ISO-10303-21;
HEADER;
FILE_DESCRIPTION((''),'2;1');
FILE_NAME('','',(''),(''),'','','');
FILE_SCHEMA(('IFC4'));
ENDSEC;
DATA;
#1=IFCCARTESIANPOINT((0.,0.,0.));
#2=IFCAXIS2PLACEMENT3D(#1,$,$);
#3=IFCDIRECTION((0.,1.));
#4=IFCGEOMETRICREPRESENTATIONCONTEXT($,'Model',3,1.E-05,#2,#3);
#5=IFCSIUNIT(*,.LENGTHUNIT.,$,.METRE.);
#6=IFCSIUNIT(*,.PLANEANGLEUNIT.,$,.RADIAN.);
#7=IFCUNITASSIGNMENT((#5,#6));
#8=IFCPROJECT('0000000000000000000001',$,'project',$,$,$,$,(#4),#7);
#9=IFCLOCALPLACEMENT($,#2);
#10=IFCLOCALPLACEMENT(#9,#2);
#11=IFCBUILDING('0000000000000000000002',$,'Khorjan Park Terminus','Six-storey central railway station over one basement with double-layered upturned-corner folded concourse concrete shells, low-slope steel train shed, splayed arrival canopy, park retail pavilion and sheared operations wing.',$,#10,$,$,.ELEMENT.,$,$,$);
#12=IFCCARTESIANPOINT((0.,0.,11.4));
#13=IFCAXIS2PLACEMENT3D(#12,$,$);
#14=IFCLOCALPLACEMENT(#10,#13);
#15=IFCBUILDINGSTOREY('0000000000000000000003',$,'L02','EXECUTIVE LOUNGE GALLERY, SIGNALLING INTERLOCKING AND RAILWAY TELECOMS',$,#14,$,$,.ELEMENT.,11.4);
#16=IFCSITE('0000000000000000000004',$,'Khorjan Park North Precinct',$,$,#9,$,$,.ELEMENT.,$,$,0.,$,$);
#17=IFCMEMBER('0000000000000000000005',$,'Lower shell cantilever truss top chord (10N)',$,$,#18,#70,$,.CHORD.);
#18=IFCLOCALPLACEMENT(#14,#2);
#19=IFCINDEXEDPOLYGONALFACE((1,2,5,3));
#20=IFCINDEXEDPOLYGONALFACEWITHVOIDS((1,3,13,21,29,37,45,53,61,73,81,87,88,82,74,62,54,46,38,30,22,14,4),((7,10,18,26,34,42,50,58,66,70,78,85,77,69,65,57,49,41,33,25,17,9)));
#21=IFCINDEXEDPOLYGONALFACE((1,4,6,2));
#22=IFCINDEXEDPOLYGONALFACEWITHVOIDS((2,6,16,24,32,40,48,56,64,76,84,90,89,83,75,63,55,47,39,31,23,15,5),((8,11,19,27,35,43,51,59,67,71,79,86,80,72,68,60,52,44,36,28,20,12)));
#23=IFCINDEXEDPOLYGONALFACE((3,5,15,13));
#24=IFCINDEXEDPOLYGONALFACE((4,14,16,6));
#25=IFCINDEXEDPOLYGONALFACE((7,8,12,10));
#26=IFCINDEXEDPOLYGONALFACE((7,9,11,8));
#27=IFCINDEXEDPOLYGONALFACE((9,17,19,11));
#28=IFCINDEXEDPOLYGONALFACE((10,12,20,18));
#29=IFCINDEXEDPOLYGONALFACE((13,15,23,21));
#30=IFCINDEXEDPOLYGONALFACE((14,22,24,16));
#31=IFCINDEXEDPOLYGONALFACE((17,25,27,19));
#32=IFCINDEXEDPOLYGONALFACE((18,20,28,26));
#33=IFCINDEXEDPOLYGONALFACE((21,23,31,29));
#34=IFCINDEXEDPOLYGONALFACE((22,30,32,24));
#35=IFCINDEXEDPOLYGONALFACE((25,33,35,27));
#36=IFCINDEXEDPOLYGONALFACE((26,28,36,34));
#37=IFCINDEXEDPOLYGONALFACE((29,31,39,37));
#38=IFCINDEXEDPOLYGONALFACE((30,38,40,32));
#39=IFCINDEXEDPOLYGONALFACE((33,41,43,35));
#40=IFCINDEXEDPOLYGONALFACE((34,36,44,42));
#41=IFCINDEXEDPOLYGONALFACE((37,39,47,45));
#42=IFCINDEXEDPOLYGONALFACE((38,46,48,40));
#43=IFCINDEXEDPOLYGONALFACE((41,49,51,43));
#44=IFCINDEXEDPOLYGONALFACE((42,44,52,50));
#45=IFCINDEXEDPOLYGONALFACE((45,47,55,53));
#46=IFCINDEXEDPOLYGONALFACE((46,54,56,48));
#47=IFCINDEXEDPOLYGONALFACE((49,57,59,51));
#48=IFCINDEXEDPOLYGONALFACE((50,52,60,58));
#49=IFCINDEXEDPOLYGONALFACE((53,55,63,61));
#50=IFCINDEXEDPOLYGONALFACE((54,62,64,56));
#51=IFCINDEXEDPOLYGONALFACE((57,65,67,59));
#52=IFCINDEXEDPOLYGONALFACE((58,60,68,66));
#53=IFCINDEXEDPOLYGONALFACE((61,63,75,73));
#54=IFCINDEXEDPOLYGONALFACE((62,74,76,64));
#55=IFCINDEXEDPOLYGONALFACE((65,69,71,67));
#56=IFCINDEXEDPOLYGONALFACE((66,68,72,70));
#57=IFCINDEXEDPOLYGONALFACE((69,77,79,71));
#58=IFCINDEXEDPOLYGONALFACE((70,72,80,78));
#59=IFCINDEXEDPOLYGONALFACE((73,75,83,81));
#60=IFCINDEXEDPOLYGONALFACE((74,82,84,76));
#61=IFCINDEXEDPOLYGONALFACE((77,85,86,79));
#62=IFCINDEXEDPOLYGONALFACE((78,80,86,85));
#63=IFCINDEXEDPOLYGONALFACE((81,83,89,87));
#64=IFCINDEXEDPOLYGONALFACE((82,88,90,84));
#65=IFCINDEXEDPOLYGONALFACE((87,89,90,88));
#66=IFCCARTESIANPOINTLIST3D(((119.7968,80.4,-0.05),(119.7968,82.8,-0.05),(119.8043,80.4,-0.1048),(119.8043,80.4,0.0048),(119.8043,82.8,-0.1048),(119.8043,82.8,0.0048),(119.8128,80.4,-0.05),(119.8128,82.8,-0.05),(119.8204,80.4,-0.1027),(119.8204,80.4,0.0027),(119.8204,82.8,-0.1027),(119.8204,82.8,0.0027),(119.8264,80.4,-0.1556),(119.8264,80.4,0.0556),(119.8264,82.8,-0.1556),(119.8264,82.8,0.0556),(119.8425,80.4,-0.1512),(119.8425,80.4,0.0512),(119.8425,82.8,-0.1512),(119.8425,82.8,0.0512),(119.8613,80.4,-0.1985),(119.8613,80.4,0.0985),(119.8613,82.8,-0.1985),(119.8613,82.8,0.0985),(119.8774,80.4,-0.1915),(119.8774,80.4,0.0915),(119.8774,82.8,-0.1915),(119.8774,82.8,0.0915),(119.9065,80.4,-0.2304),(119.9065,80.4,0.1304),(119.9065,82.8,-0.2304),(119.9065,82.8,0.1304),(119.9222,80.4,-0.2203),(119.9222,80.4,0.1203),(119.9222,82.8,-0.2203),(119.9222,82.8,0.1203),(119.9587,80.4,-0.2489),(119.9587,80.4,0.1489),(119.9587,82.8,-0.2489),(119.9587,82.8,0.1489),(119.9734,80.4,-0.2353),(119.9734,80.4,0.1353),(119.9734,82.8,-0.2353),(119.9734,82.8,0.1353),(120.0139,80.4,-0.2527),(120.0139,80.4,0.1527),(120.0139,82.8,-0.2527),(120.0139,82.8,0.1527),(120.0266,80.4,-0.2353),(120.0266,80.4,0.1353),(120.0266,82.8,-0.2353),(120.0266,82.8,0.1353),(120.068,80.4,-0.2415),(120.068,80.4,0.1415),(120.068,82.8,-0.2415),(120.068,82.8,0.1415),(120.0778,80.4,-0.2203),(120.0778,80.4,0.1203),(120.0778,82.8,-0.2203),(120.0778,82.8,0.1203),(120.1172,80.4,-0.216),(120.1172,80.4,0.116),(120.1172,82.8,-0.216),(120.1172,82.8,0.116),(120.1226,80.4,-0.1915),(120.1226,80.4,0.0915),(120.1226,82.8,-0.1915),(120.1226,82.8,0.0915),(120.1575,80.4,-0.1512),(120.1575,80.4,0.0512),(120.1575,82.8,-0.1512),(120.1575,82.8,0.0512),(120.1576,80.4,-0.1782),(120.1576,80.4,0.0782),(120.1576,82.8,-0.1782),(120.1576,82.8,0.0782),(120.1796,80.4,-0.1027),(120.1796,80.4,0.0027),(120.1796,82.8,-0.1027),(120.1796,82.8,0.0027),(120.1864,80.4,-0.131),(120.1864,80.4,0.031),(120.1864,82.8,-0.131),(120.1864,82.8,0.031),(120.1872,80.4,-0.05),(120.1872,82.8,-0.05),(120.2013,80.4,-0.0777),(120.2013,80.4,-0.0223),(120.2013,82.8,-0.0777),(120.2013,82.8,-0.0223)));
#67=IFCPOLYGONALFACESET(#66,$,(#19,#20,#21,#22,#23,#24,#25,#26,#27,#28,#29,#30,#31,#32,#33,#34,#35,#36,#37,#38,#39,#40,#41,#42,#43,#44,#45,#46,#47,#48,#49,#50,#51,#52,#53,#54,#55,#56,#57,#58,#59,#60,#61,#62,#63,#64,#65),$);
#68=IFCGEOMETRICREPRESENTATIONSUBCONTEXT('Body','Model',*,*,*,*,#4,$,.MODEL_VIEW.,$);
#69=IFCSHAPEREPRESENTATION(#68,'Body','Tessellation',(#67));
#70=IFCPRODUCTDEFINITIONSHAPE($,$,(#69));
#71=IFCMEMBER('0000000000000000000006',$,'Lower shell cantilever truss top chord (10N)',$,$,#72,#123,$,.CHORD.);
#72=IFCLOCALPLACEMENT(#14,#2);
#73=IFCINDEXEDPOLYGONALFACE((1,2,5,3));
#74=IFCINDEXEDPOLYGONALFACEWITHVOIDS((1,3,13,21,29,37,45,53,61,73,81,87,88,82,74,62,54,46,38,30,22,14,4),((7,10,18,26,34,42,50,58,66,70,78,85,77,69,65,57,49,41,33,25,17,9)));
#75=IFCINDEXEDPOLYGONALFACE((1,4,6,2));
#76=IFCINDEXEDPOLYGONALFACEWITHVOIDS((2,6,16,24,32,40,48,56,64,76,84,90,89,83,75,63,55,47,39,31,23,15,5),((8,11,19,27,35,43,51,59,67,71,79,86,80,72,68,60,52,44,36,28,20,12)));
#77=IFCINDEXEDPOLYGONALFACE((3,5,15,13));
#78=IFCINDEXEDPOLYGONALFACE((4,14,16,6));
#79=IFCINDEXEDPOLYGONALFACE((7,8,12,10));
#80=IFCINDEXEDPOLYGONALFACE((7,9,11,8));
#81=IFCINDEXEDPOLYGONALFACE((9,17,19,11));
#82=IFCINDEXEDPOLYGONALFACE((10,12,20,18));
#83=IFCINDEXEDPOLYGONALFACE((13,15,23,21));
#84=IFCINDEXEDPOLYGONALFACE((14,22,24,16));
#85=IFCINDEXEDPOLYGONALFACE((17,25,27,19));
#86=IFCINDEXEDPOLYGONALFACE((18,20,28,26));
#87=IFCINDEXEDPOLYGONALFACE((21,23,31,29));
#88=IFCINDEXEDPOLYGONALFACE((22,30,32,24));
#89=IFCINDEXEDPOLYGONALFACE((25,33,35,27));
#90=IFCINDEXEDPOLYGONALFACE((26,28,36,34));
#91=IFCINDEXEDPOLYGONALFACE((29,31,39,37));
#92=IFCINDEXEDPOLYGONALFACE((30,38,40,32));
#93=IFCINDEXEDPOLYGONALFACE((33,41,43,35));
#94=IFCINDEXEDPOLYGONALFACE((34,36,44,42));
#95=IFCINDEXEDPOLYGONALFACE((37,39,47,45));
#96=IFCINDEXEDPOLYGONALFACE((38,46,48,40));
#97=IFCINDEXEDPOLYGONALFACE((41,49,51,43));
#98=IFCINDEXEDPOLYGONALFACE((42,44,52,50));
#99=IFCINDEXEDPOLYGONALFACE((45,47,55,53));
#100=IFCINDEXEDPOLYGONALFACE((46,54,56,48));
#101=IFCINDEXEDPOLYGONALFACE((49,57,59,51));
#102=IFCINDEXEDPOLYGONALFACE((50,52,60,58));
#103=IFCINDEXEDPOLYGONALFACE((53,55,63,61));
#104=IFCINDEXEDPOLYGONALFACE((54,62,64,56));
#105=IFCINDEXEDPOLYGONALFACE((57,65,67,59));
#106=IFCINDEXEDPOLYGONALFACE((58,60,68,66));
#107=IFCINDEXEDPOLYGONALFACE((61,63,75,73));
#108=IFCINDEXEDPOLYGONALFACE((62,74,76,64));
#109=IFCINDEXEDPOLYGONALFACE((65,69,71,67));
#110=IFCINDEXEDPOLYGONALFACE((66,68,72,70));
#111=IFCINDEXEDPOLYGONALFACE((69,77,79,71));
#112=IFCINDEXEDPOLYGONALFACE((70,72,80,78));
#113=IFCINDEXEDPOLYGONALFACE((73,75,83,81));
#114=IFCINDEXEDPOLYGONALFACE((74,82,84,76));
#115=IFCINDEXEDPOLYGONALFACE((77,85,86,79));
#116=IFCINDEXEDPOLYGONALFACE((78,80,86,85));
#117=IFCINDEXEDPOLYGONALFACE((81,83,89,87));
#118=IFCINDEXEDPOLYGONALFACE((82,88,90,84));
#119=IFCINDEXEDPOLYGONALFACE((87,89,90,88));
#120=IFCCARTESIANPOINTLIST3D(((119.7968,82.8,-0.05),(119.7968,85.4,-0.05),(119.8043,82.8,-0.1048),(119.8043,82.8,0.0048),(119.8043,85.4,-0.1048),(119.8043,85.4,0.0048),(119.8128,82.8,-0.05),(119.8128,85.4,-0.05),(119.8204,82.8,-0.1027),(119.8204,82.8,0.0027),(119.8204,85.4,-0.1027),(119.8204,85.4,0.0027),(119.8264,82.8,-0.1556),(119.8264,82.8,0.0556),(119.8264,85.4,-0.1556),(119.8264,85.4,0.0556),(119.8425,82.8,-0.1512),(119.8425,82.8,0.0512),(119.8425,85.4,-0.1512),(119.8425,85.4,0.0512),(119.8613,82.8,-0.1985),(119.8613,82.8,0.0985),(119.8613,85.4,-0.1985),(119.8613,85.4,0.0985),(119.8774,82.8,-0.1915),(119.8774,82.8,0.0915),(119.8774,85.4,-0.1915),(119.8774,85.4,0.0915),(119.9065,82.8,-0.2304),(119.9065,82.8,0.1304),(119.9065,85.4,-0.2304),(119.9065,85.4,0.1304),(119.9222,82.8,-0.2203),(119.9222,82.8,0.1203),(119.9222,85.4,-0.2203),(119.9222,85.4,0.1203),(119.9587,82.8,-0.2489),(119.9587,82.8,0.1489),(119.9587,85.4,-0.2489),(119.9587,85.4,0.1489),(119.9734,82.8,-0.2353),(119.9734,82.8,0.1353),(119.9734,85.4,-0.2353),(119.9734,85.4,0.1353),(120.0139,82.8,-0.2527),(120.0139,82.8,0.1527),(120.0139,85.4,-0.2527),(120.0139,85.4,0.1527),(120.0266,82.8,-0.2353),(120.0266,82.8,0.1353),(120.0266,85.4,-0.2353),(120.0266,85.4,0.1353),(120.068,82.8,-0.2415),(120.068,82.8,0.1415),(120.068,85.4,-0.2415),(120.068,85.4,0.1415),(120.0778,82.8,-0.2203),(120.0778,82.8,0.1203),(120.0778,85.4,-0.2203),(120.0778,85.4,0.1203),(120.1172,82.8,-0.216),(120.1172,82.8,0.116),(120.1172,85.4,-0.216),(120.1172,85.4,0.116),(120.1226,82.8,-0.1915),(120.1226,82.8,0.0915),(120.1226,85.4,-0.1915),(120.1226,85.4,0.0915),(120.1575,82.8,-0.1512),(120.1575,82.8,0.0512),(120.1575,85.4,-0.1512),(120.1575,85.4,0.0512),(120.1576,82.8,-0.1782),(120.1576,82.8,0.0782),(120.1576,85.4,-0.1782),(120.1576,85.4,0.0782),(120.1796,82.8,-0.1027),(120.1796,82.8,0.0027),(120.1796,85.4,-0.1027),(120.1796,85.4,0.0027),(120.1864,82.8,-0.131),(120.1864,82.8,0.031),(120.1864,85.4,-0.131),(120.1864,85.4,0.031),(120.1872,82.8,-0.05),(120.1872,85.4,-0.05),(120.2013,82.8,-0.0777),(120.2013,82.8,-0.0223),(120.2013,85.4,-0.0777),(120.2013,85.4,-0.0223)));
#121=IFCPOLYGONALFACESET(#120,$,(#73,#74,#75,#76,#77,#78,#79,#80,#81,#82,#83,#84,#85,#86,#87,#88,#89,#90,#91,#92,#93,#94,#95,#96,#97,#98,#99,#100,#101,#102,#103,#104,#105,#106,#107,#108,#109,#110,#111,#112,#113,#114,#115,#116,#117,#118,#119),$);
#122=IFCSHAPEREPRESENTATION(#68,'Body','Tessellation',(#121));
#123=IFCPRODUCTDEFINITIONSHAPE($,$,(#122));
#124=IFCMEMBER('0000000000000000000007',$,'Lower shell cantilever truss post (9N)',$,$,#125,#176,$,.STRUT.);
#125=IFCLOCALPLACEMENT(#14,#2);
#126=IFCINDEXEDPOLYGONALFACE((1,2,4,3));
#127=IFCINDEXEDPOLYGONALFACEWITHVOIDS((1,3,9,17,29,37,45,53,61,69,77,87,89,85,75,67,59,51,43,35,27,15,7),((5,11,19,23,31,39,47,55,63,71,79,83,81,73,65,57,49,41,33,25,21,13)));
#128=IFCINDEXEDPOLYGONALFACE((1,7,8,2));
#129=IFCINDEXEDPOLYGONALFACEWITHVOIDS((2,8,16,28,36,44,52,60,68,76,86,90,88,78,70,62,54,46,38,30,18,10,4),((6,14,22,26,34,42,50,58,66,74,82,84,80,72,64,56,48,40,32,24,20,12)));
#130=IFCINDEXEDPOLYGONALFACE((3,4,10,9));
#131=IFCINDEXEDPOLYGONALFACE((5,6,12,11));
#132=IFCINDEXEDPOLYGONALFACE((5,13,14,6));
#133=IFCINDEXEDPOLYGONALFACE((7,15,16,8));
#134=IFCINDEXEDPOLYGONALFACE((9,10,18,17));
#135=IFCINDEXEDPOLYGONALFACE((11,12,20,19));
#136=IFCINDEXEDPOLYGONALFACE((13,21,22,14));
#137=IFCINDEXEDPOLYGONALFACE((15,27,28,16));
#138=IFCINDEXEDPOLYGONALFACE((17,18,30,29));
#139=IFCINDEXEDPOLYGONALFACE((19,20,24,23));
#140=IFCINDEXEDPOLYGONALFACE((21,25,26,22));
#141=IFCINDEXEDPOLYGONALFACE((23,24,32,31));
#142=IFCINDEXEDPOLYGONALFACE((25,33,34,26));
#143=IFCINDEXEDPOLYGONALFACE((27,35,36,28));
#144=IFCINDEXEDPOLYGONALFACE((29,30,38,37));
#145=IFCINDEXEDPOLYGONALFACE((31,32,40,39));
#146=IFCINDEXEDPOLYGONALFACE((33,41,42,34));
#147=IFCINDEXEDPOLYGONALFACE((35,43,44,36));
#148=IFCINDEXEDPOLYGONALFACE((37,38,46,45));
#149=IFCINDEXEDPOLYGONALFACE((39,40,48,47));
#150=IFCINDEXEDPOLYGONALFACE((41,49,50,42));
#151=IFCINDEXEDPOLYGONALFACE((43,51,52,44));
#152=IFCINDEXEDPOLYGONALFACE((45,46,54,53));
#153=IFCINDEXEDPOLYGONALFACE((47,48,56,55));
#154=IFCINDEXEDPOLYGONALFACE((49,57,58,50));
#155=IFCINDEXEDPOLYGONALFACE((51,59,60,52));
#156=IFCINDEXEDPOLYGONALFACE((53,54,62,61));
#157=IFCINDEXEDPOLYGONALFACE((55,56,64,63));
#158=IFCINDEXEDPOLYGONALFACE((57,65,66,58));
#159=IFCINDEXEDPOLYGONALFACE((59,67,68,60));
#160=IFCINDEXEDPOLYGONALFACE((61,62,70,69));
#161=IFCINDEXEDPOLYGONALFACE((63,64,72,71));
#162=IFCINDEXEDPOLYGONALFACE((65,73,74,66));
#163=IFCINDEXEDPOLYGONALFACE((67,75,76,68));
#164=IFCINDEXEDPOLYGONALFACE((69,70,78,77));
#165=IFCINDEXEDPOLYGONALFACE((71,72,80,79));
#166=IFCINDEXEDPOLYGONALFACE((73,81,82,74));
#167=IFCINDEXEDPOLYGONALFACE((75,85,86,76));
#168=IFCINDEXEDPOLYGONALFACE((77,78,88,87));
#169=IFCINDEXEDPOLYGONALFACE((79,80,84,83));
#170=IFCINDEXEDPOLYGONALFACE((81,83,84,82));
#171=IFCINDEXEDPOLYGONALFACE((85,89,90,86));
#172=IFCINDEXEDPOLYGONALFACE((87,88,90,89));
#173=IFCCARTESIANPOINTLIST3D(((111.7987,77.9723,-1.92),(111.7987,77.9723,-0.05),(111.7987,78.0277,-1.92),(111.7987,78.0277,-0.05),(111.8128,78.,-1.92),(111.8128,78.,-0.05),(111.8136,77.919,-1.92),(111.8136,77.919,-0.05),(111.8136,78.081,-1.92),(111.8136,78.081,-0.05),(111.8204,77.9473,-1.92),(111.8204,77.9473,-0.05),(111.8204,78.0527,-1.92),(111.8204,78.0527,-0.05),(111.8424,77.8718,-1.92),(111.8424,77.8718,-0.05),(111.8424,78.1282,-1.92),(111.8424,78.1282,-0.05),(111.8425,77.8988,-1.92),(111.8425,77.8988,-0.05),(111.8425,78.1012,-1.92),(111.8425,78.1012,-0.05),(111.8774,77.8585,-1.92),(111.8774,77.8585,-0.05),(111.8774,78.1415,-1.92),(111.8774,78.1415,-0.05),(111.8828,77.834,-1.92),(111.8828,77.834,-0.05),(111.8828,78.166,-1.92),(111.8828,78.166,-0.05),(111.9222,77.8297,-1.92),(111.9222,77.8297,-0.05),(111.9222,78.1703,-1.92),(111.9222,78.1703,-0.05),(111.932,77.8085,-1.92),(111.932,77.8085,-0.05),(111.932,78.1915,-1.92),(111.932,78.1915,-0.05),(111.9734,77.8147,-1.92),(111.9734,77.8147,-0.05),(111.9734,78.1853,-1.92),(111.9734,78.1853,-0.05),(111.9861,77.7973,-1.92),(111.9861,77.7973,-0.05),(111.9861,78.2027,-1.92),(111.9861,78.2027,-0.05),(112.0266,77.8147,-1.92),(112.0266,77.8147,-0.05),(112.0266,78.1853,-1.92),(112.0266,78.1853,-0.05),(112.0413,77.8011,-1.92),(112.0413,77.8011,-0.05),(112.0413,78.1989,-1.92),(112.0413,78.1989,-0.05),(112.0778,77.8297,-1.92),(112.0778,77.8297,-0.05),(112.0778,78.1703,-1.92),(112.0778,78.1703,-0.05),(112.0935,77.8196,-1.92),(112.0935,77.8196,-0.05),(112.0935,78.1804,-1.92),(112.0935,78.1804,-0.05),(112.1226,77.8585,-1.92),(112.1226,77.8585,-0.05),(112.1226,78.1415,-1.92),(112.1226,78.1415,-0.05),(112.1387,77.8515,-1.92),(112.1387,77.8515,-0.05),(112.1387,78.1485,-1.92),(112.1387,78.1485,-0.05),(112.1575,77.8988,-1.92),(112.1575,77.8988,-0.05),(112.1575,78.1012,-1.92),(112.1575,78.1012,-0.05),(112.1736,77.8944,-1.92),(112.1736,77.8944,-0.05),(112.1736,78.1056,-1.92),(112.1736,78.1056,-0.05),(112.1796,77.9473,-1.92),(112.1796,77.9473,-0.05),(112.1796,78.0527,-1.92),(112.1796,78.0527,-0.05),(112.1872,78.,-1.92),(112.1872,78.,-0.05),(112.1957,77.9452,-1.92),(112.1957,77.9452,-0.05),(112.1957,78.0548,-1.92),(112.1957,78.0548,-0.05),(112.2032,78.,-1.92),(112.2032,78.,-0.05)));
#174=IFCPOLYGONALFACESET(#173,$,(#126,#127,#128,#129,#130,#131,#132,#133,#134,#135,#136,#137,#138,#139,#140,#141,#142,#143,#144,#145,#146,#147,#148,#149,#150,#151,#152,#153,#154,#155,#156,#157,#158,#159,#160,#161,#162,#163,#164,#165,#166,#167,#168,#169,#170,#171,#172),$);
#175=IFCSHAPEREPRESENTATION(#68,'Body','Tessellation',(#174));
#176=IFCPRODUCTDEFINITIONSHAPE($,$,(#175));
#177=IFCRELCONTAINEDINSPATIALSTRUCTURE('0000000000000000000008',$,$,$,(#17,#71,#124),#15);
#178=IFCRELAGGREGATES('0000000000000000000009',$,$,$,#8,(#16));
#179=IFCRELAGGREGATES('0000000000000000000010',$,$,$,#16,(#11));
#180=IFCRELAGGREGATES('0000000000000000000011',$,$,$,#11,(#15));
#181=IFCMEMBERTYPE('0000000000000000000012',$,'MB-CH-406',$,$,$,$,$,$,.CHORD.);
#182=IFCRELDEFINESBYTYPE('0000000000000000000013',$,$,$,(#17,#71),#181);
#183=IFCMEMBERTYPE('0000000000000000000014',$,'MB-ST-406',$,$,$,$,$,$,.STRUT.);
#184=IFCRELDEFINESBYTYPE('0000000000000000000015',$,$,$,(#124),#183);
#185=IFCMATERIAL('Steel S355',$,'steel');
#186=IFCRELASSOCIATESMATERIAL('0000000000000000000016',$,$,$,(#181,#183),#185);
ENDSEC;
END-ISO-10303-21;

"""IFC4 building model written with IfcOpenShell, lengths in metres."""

from ifc_helpers import new_model, si_unit, direction, frame, origin, origin_2d, place, context, subcontext, project, spatial, hollow_circle, extrude, material, material_profile, profile_set, type_object, element, save


model = new_model("IFC4")

# Units and contexts
model_context = context("Model", 3, precision=1e-05, world=origin(), true_north=direction((0.0, 1.0)))
body_context = subcontext(model_context, "Body", "Model", "MODEL_VIEW")
ifc_project = project(units=[si_unit("LENGTHUNIT", "METRE"), si_unit("PLANEANGLEUNIT", "RADIAN")], contexts=[model_context])

# Site, building, storey
site_placement = place(None, origin())
site = spatial("IfcSite", under=ifc_project, at=site_placement, Name="Khorjan Park North Precinct", CompositionType="ELEMENT", RefElevation=0.0)
building_placement = place(site_placement, origin())
building = spatial("IfcBuilding", under=site, at=building_placement, Name="Khorjan Park Terminus", Description="Six-storey central railway station over one basement with double-layered upturned-corner folded concourse concrete shells, low-slope steel train shed, splayed arrival canopy, park retail pavilion and sheared operations wing.", CompositionType="ELEMENT")
storey_placement = place(building_placement, frame((0.0, 0.0, 11.4)))
storey = spatial("IfcBuildingStorey", under=building, at=storey_placement, Name="L02", Description="EXECUTIVE LOUNGE GALLERY, SIGNALLING INTERLOCKING AND RAILWAY TELECOMS", CompositionType="ELEMENT", Elevation=11.4)

# Members
ifc_material_1 = material(Name="Steel S355", Category="steel")
ifc_material_profile_1 = material_profile(ifc_material_1, hollow_circle(Radius=0.2032, WallThickness=0.016, at=origin_2d()), Name="CHS 406.4x16")
ifc_profile_set_1 = profile_set([ifc_material_profile_1], Name="Steel S355")
member_type_1 = type_object("IfcMemberType", Name="MB-CH-406", PredefinedType="CHORD", material=ifc_profile_set_1)
for number, where, z_axis, x_axis, name in (
    (1, (120.0, 80.4, -0.05), (0.0, 1.0, 0.0), (-1.0, 0.0, 0.0), "Lower shell cantilever truss top chord (10N)"),
):
    element("IfcMember", number, at=place(storey_placement, frame(where, z_axis=z_axis, x_axis=x_axis)), inside=storey, type_object=member_type_1, Name=name, PredefinedType="CHORD", context=body_context, shape_type="SweptSolid", body=[
        extrude(hollow_circle(Radius=0.2032, WallThickness=0.016, at=origin_2d()), origin(), (0.0, 0.0, 1.0), 2.4),
    ])
member_1_placement = place(storey_placement, frame((120.0, 82.8, -0.05), z_axis=(0.0, 1.0, 0.0), x_axis=(-1.0, 0.0, 0.0)))
element("IfcMember", 2, at=member_1_placement, inside=storey, type_object=member_type_1, Name="Lower shell cantilever truss top chord (10N)", PredefinedType="CHORD", context=body_context, shape_type="SweptSolid", body=[
    extrude(hollow_circle(Radius=0.2032, WallThickness=0.016, at=origin_2d()), origin(), (0.0, 0.0, 1.0), 2.6),
])
ifc_material_profile_2 = material_profile(ifc_material_1, hollow_circle(Radius=0.2032, WallThickness=0.016, at=origin_2d()), Name="CHS 406.4x16")
ifc_profile_set_2 = profile_set([ifc_material_profile_2], Name="Steel S355")
member_type_2 = type_object("IfcMemberType", Name="MB-ST-406", PredefinedType="STRUT", material=ifc_profile_set_2)
for number, where, z_axis, x_axis, name in (
    (3, (112.0, 78.0, -1.92), (0.0, 0.0, 1.0), (1.0, 0.0, 0.0), "Lower shell cantilever truss post (9N)"),
):
    element("IfcMember", number, at=place(storey_placement, frame(where, z_axis=z_axis, x_axis=x_axis)), inside=storey, type_object=member_type_2, Name=name, PredefinedType="STRUT", context=body_context, shape_type="SweptSolid", body=[
        extrude(hollow_circle(Radius=0.2032, WallThickness=0.016, at=origin_2d()), origin(), (0.0, 0.0, 1.0), 1.87),
    ])

save(model, "model.ifc")
